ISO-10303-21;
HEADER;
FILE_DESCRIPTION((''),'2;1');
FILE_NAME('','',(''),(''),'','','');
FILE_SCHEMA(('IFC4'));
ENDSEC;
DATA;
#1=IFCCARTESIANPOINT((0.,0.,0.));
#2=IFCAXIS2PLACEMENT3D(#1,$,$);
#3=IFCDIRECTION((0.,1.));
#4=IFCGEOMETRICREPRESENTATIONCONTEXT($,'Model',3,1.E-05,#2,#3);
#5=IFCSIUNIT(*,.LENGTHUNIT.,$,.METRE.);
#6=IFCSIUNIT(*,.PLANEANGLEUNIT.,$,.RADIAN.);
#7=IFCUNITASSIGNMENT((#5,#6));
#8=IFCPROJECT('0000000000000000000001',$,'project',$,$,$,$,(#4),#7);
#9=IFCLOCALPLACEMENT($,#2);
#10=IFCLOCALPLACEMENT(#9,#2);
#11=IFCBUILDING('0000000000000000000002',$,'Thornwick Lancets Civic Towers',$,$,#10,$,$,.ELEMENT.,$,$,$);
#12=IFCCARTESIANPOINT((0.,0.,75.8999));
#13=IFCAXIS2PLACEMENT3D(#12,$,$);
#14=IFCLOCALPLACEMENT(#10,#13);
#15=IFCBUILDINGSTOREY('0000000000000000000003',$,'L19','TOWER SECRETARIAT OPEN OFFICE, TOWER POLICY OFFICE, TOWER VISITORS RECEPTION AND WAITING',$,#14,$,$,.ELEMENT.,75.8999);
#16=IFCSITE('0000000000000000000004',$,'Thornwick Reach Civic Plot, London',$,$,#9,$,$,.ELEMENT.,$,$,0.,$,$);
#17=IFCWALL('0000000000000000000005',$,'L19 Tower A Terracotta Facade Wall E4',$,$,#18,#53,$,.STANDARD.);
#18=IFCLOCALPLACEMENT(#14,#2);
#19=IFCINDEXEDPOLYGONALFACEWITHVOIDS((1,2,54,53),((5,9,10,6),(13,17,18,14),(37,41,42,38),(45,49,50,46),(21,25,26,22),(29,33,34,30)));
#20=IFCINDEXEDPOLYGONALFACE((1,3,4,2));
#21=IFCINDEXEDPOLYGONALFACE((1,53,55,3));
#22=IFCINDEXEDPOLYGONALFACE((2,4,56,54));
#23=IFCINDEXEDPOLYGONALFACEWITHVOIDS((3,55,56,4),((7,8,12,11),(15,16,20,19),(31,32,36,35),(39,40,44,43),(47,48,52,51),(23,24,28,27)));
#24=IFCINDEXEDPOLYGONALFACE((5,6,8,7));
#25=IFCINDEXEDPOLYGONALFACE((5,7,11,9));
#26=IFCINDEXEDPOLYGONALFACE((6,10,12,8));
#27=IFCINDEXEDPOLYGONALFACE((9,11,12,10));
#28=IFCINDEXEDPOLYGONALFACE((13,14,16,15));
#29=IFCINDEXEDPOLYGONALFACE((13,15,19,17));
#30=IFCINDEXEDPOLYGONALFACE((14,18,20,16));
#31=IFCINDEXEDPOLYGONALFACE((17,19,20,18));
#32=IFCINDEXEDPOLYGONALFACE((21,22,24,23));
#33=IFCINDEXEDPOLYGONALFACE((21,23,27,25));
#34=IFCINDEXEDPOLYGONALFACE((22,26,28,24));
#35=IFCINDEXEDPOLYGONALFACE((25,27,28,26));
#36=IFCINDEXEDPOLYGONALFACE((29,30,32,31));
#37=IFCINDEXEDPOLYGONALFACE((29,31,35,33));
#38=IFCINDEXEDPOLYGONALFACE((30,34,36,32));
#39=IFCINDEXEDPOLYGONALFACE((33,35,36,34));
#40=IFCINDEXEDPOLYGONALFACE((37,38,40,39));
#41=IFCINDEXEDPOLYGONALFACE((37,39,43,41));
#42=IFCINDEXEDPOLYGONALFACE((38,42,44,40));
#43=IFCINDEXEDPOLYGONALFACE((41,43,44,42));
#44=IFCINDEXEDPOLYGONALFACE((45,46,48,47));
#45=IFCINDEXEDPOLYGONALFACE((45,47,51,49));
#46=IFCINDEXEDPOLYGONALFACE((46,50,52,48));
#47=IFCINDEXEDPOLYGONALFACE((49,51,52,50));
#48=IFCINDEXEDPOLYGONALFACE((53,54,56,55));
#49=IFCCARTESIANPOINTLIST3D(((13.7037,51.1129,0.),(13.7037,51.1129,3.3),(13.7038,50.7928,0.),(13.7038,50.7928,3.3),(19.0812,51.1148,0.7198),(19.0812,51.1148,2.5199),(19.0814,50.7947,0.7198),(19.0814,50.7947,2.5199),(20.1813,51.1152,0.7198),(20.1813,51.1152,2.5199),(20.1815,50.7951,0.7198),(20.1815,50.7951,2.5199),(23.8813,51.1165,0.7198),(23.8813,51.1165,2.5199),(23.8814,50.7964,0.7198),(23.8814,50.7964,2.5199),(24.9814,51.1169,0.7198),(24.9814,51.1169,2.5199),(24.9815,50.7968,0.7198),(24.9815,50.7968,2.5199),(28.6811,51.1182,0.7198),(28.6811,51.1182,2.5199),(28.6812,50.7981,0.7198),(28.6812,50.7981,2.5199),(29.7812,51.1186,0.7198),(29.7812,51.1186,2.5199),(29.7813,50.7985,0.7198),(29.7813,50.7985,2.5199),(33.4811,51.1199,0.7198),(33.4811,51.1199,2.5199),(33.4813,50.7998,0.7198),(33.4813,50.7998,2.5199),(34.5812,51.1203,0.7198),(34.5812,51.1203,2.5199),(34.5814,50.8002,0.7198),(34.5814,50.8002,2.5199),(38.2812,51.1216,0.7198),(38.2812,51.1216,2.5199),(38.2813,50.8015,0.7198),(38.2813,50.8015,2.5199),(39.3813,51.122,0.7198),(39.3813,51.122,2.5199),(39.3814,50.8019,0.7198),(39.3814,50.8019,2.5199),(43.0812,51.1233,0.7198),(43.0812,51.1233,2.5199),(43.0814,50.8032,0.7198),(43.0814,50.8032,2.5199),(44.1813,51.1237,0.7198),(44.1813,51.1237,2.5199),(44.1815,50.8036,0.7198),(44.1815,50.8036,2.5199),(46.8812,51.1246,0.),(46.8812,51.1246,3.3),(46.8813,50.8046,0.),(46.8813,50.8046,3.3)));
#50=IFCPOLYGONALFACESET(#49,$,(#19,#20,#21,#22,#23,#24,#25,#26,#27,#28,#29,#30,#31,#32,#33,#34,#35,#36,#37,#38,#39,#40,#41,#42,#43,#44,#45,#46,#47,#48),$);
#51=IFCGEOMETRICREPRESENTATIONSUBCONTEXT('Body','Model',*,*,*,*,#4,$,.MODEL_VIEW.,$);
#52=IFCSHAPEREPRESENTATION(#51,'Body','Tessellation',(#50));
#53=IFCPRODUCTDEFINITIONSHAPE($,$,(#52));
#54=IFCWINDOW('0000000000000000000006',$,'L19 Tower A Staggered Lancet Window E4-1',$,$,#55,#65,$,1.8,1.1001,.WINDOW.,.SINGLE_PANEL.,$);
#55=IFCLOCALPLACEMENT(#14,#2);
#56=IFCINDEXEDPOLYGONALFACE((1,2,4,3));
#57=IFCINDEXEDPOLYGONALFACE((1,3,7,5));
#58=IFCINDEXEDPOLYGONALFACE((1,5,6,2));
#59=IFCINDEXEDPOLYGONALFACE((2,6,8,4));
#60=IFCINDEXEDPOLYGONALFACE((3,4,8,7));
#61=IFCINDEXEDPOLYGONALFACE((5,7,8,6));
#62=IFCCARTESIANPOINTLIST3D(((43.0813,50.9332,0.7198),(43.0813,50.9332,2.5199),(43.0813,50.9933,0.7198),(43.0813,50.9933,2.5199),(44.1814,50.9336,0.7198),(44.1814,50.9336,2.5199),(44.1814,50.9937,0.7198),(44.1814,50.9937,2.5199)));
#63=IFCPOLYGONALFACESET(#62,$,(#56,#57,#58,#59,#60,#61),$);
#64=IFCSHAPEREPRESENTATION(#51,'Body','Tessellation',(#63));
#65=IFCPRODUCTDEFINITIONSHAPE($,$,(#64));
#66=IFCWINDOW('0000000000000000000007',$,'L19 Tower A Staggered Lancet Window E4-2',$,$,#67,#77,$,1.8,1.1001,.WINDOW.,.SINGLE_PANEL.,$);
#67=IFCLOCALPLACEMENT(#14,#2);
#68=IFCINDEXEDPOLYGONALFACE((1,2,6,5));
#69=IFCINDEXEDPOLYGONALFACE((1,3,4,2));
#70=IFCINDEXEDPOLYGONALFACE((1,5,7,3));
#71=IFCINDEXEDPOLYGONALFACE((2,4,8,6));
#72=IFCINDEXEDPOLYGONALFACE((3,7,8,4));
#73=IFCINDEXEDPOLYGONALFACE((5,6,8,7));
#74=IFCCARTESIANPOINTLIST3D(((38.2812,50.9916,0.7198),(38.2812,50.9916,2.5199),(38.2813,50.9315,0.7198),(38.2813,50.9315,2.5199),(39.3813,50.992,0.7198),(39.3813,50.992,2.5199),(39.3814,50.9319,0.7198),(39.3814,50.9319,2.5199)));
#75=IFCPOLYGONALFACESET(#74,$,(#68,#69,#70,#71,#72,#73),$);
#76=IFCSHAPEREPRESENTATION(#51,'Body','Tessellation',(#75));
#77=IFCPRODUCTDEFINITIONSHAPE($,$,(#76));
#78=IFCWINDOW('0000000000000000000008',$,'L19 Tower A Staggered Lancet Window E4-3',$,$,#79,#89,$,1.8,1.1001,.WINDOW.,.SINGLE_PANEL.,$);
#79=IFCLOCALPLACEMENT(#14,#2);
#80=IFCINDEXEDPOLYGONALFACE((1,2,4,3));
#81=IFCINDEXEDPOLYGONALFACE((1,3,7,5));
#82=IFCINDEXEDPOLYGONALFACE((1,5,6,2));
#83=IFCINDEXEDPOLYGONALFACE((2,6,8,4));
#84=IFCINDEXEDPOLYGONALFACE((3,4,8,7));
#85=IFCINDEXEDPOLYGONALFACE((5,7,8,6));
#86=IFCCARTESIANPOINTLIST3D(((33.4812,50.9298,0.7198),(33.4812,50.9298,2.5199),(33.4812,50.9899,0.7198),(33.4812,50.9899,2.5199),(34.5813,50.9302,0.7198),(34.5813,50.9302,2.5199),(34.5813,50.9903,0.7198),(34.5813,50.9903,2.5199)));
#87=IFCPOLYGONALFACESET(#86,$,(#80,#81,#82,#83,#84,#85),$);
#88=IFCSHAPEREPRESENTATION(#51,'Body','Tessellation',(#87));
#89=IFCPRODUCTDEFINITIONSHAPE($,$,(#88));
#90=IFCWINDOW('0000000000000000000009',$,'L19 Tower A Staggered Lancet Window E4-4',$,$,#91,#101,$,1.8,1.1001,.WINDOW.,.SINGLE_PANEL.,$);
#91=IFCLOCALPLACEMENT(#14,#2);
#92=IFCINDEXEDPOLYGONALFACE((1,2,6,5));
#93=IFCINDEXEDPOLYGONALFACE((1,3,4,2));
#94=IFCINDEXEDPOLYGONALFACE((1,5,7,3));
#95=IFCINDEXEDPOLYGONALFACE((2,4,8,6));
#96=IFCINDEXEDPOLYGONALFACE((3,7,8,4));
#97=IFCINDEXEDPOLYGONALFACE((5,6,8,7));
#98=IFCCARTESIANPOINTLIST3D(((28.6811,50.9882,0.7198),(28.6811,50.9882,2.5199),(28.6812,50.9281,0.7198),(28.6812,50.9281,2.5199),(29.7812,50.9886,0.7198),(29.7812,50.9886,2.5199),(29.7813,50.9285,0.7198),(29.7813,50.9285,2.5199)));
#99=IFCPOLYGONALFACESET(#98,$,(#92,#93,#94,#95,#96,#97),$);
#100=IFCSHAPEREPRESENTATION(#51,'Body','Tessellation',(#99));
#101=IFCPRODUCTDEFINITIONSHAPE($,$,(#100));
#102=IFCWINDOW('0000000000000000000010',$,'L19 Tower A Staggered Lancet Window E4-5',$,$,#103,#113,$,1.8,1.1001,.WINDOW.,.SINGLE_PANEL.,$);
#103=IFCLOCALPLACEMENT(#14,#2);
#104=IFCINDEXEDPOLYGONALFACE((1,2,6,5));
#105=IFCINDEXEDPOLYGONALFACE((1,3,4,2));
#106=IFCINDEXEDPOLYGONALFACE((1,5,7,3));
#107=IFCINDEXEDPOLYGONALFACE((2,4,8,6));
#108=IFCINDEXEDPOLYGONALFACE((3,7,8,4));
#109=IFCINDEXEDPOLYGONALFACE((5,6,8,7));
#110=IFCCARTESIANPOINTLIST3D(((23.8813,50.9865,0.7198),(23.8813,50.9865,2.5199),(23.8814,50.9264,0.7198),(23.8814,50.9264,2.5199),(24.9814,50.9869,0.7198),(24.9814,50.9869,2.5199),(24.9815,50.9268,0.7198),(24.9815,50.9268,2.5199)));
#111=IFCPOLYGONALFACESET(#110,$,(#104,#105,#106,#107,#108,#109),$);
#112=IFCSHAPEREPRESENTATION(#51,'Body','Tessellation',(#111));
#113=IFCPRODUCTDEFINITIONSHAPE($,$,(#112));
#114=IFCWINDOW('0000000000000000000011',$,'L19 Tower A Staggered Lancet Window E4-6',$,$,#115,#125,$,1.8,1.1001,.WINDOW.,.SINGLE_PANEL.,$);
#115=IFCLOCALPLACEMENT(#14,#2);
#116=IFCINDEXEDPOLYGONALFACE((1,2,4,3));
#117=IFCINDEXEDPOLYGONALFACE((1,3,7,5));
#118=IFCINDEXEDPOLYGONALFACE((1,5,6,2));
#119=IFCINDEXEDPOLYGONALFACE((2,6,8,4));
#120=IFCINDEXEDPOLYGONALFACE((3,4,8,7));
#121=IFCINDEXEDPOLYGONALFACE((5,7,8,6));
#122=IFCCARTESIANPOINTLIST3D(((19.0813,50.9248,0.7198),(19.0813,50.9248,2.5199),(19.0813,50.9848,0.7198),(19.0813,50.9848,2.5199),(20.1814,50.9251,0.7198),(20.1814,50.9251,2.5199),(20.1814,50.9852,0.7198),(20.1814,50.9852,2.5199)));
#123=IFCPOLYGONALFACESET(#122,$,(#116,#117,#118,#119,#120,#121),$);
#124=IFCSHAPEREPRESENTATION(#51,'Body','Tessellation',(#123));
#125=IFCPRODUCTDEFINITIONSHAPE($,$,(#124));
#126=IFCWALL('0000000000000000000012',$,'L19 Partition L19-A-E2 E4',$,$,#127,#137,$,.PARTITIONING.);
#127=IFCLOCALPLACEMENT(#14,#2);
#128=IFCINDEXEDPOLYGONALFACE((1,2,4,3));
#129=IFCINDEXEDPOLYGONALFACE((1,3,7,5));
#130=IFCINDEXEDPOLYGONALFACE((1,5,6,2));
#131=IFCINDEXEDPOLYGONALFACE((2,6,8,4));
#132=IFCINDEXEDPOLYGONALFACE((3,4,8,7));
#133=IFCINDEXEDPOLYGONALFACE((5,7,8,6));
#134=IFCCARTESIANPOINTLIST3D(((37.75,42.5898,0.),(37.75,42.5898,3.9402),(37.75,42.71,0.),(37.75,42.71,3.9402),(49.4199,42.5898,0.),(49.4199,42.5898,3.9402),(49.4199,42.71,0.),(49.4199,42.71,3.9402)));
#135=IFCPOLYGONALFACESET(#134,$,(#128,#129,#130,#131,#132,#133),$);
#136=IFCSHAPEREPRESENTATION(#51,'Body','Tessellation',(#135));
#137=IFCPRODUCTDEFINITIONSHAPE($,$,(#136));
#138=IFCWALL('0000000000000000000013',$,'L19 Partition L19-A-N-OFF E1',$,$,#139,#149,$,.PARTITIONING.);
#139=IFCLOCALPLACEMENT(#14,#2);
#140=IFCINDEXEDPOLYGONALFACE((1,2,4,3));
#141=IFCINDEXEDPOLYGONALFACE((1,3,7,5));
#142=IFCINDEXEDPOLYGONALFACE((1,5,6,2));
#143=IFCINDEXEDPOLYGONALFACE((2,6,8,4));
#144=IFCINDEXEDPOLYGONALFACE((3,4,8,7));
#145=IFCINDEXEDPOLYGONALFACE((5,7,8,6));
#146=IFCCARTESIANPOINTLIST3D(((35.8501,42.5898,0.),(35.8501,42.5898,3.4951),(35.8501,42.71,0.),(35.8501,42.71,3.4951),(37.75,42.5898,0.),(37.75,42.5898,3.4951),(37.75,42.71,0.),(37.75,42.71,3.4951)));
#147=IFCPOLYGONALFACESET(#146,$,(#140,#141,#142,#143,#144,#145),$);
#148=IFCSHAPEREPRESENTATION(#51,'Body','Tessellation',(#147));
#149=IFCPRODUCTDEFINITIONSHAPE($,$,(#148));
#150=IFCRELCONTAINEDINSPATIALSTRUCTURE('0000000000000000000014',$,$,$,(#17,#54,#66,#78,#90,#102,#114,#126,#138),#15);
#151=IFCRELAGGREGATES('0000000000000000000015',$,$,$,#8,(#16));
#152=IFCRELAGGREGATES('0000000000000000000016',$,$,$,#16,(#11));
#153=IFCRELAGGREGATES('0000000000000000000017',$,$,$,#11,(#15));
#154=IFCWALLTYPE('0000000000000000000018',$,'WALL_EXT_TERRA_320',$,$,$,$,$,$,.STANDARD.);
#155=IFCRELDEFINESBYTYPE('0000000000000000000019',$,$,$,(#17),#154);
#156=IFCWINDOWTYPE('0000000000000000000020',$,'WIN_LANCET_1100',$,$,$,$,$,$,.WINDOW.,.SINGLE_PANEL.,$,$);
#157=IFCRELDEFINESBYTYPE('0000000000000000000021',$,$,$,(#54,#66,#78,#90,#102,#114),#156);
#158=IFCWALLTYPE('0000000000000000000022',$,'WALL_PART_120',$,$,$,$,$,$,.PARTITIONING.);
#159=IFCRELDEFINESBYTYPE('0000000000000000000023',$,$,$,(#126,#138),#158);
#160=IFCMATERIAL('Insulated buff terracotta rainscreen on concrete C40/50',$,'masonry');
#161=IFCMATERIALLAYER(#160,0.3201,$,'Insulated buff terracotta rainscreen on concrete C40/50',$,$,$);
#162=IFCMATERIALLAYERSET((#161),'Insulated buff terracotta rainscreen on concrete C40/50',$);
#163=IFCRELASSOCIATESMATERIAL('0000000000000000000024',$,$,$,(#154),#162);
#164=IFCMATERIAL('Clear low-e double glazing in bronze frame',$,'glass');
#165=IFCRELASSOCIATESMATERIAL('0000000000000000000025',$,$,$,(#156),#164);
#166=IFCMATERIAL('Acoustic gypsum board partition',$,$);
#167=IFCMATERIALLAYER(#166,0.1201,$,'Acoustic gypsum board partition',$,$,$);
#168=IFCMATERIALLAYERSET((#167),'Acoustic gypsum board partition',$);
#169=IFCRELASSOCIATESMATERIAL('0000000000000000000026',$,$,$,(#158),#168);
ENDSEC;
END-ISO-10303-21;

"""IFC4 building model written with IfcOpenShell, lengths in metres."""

from ifc_helpers import new_model, si_unit, direction, frame, frame_2d, origin, place, context, subcontext, project, spatial, rectangle, extrude, material, layer, layer_set, type_object, element, fill, save


model = new_model("IFC4")

# Units and contexts
model_context = context("Model", 3, precision=1e-05, world=origin(), true_north=direction((0.0, 1.0)))
body_context = subcontext(model_context, "Body", "Model", "MODEL_VIEW")
ifc_project = project(units=[si_unit("LENGTHUNIT", "METRE"), si_unit("PLANEANGLEUNIT", "RADIAN")], contexts=[model_context])

# Site, building, storey
site_placement = place(None, origin())
site = spatial("IfcSite", under=ifc_project, at=site_placement, Name="Thornwick Reach Civic Plot, London", CompositionType="ELEMENT", RefElevation=0.0)
building_placement = place(site_placement, origin())
building = spatial("IfcBuilding", under=site, at=building_placement, Name="Thornwick Lancets Civic Towers", CompositionType="ELEMENT")
storey_placement = place(building_placement, frame((0.0, 0.0, 75.8999)))
storey = spatial("IfcBuildingStorey", under=building, at=storey_placement, Name="L19", Description="TOWER SECRETARIAT OPEN OFFICE, TOWER POLICY OFFICE, TOWER VISITORS RECEPTION AND WAITING", CompositionType="ELEMENT", Elevation=75.8999)

# Wall, openings, windows
ifc_material_1 = material(Name="Insulated buff terracotta rainscreen on concrete C40/50", Category="masonry")
ifc_layer_1 = layer(ifc_material_1, 0.3201, Name="Insulated buff terracotta rainscreen on concrete C40/50")
ifc_layer_set_1 = layer_set([ifc_layer_1], Name="Insulated buff terracotta rainscreen on concrete C40/50")
wall_type_1 = type_object("IfcWallType", Name="WALL_EXT_TERRA_320", PredefinedType="STANDARD", material=ifc_layer_set_1)
wall_1_placement = place(storey_placement, frame((46.8813, 50.9646, 0.0), z_axis=(0.0, 0.0, 1.0), x_axis=(-1.0, -0.000353, 0.0)))
wall_1 = element("IfcWall", 1, at=wall_1_placement, inside=storey, type_object=wall_type_1, Name="L19 Tower A Terracotta Facade Wall E4", PredefinedType="STANDARD", context=body_context, shape_type="SweptSolid", body=[
    extrude(rectangle(XDim=33.1775, YDim=0.3201, at=frame_2d((16.5889, 0.0))), origin(), (0.0, 0.0, 1.0), 3.3),
])
opening_1_placement = place(wall_1_placement, frame((2.7, 0.0, 0.72)))
opening_1 = element("IfcOpeningElement", 2, at=opening_1_placement, cuts=wall_1, PredefinedType="OPENING", context=body_context, shape_type="SweptSolid", body=[
    extrude(rectangle(XDim=1.1001, YDim=1.8, at=frame_2d((0.55, 0.8999))), frame((0.0, 0.1699, 0.0), z_axis=(0.0, -1.0, 0.0), x_axis=(1.0, 0.0, 0.0)), (0.0, 0.0, 1.0), 0.3401),
])
opening_2_placement = place(wall_1_placement, frame((7.5, 0.0, 0.72)))
opening_2 = element("IfcOpeningElement", 3, at=opening_2_placement, cuts=wall_1, PredefinedType="OPENING", context=body_context, shape_type="SweptSolid", body=[
    extrude(rectangle(XDim=1.1001, YDim=1.8, at=frame_2d((0.55, 0.8999))), frame((0.0, 0.1699, 0.0), z_axis=(0.0, -1.0, 0.0), x_axis=(1.0, 0.0, 0.0)), (0.0, 0.0, 1.0), 0.3401),
])
opening_3_placement = place(wall_1_placement, frame((12.3, 0.0, 0.72)))
opening_3 = element("IfcOpeningElement", 4, at=opening_3_placement, cuts=wall_1, PredefinedType="OPENING", context=body_context, shape_type="SweptSolid", body=[
    extrude(rectangle(XDim=1.1001, YDim=1.8, at=frame_2d((0.55, 0.8999))), frame((0.0, 0.1699, 0.0), z_axis=(0.0, -1.0, 0.0), x_axis=(1.0, 0.0, 0.0)), (0.0, 0.0, 1.0), 0.3401),
])
opening_4_placement = place(wall_1_placement, frame((17.1001, 0.0, 0.72)))
opening_4 = element("IfcOpeningElement", 5, at=opening_4_placement, cuts=wall_1, PredefinedType="OPENING", context=body_context, shape_type="SweptSolid", body=[
    extrude(rectangle(XDim=1.1001, YDim=1.8, at=frame_2d((0.55, 0.8999))), frame((0.0, 0.1699, 0.0), z_axis=(0.0, -1.0, 0.0), x_axis=(1.0, 0.0, 0.0)), (0.0, 0.0, 1.0), 0.3401),
])
opening_5_placement = place(wall_1_placement, frame((21.8999, 0.0, 0.72)))
opening_5 = element("IfcOpeningElement", 6, at=opening_5_placement, cuts=wall_1, PredefinedType="OPENING", context=body_context, shape_type="SweptSolid", body=[
    extrude(rectangle(XDim=1.1001, YDim=1.8, at=frame_2d((0.55, 0.8999))), frame((0.0, 0.1699, 0.0), z_axis=(0.0, -1.0, 0.0), x_axis=(1.0, 0.0, 0.0)), (0.0, 0.0, 1.0), 0.3401),
])
opening_6_placement = place(wall_1_placement, frame((26.7, 0.0, 0.72)))
opening_6 = element("IfcOpeningElement", 7, at=opening_6_placement, cuts=wall_1, PredefinedType="OPENING", context=body_context, shape_type="SweptSolid", body=[
    extrude(rectangle(XDim=1.1001, YDim=1.8, at=frame_2d((0.55, 0.8999))), frame((0.0, 0.1699, 0.0), z_axis=(0.0, -1.0, 0.0), x_axis=(1.0, 0.0, 0.0)), (0.0, 0.0, 1.0), 0.3401),
])
ifc_material_2 = material(Name="Clear low-e double glazing in bronze frame", Category="glass")
window_type = type_object("IfcWindowType", Name="WIN_LANCET_1100", PartitioningType="SINGLE_PANEL", PredefinedType="WINDOW", material=ifc_material_2)
window_1_placement = place(opening_1_placement, origin())
window_1 = element("IfcWindow", 8, at=window_1_placement, inside=storey, type_object=window_type, Name="L19 Tower A Staggered Lancet Window E4-1", OverallHeight=1.8, OverallWidth=1.1001, PartitioningType="SINGLE_PANEL", PredefinedType="WINDOW", context=body_context, shape_type="SweptSolid", body=[
    extrude(rectangle(XDim=1.1001, YDim=1.8, at=frame_2d((0.55, 0.8999))), frame((0.0, 0.03, 0.0), z_axis=(0.0, -1.0, 0.0), x_axis=(1.0, 0.0, 0.0)), (0.0, 0.0, 1.0), 0.0601),
])
fill(opening_1, window_1)
window_2_placement = place(opening_2_placement, origin())
window_2 = element("IfcWindow", 9, at=window_2_placement, inside=storey, type_object=window_type, Name="L19 Tower A Staggered Lancet Window E4-2", OverallHeight=1.8, OverallWidth=1.1001, PartitioningType="SINGLE_PANEL", PredefinedType="WINDOW", context=body_context, shape_type="SweptSolid", body=[
    extrude(rectangle(XDim=1.1001, YDim=1.8, at=frame_2d((0.55, 0.8999))), frame((0.0, 0.03, 0.0), z_axis=(0.0, -1.0, 0.0), x_axis=(1.0, 0.0, 0.0)), (0.0, 0.0, 1.0), 0.0601),
])
fill(opening_2, window_2)
window_3_placement = place(opening_3_placement, origin())
window_3 = element("IfcWindow", 10, at=window_3_placement, inside=storey, type_object=window_type, Name="L19 Tower A Staggered Lancet Window E4-3", OverallHeight=1.8, OverallWidth=1.1001, PartitioningType="SINGLE_PANEL", PredefinedType="WINDOW", context=body_context, shape_type="SweptSolid", body=[
    extrude(rectangle(XDim=1.1001, YDim=1.8, at=frame_2d((0.55, 0.8999))), frame((0.0, 0.03, 0.0), z_axis=(0.0, -1.0, 0.0), x_axis=(1.0, 0.0, 0.0)), (0.0, 0.0, 1.0), 0.0601),
])
fill(opening_3, window_3)
window_4_placement = place(opening_4_placement, origin())
window_4 = element("IfcWindow", 11, at=window_4_placement, inside=storey, type_object=window_type, Name="L19 Tower A Staggered Lancet Window E4-4", OverallHeight=1.8, OverallWidth=1.1001, PartitioningType="SINGLE_PANEL", PredefinedType="WINDOW", context=body_context, shape_type="SweptSolid", body=[
    extrude(rectangle(XDim=1.1001, YDim=1.8, at=frame_2d((0.55, 0.8999))), frame((0.0, 0.03, 0.0), z_axis=(0.0, -1.0, 0.0), x_axis=(1.0, 0.0, 0.0)), (0.0, 0.0, 1.0), 0.0601),
])
fill(opening_4, window_4)
window_5_placement = place(opening_5_placement, origin())
window_5 = element("IfcWindow", 12, at=window_5_placement, inside=storey, type_object=window_type, Name="L19 Tower A Staggered Lancet Window E4-5", OverallHeight=1.8, OverallWidth=1.1001, PartitioningType="SINGLE_PANEL", PredefinedType="WINDOW", context=body_context, shape_type="SweptSolid", body=[
    extrude(rectangle(XDim=1.1001, YDim=1.8, at=frame_2d((0.55, 0.8999))), frame((0.0, 0.03, 0.0), z_axis=(0.0, -1.0, 0.0), x_axis=(1.0, 0.0, 0.0)), (0.0, 0.0, 1.0), 0.0601),
])
fill(opening_5, window_5)
window_6_placement = place(opening_6_placement, origin())
window_6 = element("IfcWindow", 13, at=window_6_placement, inside=storey, type_object=window_type, Name="L19 Tower A Staggered Lancet Window E4-6", OverallHeight=1.8, OverallWidth=1.1001, PartitioningType="SINGLE_PANEL", PredefinedType="WINDOW", context=body_context, shape_type="SweptSolid", body=[
    extrude(rectangle(XDim=1.1001, YDim=1.8, at=frame_2d((0.55, 0.8999))), frame((0.0, 0.03, 0.0), z_axis=(0.0, -1.0, 0.0), x_axis=(1.0, 0.0, 0.0)), (0.0, 0.0, 1.0), 0.0601),
])
fill(opening_6, window_6)

# Walls
ifc_material_3 = material(Name="Acoustic gypsum board partition")
ifc_layer_2 = layer(ifc_material_3, 0.1201, Name="Acoustic gypsum board partition")
ifc_layer_set_2 = layer_set([ifc_layer_2], Name="Acoustic gypsum board partition")
wall_type_2 = type_object("IfcWallType", Name="WALL_PART_120", PredefinedType="PARTITIONING", material=ifc_layer_set_2)
wall_2_placement = place(storey_placement, frame((37.75, 42.6499, 0.0), z_axis=(0.0, 0.0, 1.0), x_axis=(1.0, 0.0, 0.0)))
element("IfcWall", 14, at=wall_2_placement, inside=storey, type_object=wall_type_2, Name="L19 Partition L19-A-E2 E4", PredefinedType="PARTITIONING", context=body_context, shape_type="SweptSolid", body=[
    extrude(rectangle(XDim=11.6699, YDim=0.1201, at=frame_2d((5.835, 0.0))), origin(), (0.0, 0.0, 1.0), 3.9402),
])
wall_3_placement = place(storey_placement, frame((37.75, 42.6499, 0.0), z_axis=(0.0, 0.0, 1.0), x_axis=(-1.0, 0.0, 0.0)))
element("IfcWall", 15, at=wall_3_placement, inside=storey, type_object=wall_type_2, Name="L19 Partition L19-A-N-OFF E1", PredefinedType="PARTITIONING", context=body_context, shape_type="SweptSolid", body=[
    extrude(rectangle(XDim=1.8999, YDim=0.1201, at=frame_2d((0.95, 0.0))), origin(), (0.0, 0.0, 1.0), 3.4951),
])

save(model, "model.ifc")
